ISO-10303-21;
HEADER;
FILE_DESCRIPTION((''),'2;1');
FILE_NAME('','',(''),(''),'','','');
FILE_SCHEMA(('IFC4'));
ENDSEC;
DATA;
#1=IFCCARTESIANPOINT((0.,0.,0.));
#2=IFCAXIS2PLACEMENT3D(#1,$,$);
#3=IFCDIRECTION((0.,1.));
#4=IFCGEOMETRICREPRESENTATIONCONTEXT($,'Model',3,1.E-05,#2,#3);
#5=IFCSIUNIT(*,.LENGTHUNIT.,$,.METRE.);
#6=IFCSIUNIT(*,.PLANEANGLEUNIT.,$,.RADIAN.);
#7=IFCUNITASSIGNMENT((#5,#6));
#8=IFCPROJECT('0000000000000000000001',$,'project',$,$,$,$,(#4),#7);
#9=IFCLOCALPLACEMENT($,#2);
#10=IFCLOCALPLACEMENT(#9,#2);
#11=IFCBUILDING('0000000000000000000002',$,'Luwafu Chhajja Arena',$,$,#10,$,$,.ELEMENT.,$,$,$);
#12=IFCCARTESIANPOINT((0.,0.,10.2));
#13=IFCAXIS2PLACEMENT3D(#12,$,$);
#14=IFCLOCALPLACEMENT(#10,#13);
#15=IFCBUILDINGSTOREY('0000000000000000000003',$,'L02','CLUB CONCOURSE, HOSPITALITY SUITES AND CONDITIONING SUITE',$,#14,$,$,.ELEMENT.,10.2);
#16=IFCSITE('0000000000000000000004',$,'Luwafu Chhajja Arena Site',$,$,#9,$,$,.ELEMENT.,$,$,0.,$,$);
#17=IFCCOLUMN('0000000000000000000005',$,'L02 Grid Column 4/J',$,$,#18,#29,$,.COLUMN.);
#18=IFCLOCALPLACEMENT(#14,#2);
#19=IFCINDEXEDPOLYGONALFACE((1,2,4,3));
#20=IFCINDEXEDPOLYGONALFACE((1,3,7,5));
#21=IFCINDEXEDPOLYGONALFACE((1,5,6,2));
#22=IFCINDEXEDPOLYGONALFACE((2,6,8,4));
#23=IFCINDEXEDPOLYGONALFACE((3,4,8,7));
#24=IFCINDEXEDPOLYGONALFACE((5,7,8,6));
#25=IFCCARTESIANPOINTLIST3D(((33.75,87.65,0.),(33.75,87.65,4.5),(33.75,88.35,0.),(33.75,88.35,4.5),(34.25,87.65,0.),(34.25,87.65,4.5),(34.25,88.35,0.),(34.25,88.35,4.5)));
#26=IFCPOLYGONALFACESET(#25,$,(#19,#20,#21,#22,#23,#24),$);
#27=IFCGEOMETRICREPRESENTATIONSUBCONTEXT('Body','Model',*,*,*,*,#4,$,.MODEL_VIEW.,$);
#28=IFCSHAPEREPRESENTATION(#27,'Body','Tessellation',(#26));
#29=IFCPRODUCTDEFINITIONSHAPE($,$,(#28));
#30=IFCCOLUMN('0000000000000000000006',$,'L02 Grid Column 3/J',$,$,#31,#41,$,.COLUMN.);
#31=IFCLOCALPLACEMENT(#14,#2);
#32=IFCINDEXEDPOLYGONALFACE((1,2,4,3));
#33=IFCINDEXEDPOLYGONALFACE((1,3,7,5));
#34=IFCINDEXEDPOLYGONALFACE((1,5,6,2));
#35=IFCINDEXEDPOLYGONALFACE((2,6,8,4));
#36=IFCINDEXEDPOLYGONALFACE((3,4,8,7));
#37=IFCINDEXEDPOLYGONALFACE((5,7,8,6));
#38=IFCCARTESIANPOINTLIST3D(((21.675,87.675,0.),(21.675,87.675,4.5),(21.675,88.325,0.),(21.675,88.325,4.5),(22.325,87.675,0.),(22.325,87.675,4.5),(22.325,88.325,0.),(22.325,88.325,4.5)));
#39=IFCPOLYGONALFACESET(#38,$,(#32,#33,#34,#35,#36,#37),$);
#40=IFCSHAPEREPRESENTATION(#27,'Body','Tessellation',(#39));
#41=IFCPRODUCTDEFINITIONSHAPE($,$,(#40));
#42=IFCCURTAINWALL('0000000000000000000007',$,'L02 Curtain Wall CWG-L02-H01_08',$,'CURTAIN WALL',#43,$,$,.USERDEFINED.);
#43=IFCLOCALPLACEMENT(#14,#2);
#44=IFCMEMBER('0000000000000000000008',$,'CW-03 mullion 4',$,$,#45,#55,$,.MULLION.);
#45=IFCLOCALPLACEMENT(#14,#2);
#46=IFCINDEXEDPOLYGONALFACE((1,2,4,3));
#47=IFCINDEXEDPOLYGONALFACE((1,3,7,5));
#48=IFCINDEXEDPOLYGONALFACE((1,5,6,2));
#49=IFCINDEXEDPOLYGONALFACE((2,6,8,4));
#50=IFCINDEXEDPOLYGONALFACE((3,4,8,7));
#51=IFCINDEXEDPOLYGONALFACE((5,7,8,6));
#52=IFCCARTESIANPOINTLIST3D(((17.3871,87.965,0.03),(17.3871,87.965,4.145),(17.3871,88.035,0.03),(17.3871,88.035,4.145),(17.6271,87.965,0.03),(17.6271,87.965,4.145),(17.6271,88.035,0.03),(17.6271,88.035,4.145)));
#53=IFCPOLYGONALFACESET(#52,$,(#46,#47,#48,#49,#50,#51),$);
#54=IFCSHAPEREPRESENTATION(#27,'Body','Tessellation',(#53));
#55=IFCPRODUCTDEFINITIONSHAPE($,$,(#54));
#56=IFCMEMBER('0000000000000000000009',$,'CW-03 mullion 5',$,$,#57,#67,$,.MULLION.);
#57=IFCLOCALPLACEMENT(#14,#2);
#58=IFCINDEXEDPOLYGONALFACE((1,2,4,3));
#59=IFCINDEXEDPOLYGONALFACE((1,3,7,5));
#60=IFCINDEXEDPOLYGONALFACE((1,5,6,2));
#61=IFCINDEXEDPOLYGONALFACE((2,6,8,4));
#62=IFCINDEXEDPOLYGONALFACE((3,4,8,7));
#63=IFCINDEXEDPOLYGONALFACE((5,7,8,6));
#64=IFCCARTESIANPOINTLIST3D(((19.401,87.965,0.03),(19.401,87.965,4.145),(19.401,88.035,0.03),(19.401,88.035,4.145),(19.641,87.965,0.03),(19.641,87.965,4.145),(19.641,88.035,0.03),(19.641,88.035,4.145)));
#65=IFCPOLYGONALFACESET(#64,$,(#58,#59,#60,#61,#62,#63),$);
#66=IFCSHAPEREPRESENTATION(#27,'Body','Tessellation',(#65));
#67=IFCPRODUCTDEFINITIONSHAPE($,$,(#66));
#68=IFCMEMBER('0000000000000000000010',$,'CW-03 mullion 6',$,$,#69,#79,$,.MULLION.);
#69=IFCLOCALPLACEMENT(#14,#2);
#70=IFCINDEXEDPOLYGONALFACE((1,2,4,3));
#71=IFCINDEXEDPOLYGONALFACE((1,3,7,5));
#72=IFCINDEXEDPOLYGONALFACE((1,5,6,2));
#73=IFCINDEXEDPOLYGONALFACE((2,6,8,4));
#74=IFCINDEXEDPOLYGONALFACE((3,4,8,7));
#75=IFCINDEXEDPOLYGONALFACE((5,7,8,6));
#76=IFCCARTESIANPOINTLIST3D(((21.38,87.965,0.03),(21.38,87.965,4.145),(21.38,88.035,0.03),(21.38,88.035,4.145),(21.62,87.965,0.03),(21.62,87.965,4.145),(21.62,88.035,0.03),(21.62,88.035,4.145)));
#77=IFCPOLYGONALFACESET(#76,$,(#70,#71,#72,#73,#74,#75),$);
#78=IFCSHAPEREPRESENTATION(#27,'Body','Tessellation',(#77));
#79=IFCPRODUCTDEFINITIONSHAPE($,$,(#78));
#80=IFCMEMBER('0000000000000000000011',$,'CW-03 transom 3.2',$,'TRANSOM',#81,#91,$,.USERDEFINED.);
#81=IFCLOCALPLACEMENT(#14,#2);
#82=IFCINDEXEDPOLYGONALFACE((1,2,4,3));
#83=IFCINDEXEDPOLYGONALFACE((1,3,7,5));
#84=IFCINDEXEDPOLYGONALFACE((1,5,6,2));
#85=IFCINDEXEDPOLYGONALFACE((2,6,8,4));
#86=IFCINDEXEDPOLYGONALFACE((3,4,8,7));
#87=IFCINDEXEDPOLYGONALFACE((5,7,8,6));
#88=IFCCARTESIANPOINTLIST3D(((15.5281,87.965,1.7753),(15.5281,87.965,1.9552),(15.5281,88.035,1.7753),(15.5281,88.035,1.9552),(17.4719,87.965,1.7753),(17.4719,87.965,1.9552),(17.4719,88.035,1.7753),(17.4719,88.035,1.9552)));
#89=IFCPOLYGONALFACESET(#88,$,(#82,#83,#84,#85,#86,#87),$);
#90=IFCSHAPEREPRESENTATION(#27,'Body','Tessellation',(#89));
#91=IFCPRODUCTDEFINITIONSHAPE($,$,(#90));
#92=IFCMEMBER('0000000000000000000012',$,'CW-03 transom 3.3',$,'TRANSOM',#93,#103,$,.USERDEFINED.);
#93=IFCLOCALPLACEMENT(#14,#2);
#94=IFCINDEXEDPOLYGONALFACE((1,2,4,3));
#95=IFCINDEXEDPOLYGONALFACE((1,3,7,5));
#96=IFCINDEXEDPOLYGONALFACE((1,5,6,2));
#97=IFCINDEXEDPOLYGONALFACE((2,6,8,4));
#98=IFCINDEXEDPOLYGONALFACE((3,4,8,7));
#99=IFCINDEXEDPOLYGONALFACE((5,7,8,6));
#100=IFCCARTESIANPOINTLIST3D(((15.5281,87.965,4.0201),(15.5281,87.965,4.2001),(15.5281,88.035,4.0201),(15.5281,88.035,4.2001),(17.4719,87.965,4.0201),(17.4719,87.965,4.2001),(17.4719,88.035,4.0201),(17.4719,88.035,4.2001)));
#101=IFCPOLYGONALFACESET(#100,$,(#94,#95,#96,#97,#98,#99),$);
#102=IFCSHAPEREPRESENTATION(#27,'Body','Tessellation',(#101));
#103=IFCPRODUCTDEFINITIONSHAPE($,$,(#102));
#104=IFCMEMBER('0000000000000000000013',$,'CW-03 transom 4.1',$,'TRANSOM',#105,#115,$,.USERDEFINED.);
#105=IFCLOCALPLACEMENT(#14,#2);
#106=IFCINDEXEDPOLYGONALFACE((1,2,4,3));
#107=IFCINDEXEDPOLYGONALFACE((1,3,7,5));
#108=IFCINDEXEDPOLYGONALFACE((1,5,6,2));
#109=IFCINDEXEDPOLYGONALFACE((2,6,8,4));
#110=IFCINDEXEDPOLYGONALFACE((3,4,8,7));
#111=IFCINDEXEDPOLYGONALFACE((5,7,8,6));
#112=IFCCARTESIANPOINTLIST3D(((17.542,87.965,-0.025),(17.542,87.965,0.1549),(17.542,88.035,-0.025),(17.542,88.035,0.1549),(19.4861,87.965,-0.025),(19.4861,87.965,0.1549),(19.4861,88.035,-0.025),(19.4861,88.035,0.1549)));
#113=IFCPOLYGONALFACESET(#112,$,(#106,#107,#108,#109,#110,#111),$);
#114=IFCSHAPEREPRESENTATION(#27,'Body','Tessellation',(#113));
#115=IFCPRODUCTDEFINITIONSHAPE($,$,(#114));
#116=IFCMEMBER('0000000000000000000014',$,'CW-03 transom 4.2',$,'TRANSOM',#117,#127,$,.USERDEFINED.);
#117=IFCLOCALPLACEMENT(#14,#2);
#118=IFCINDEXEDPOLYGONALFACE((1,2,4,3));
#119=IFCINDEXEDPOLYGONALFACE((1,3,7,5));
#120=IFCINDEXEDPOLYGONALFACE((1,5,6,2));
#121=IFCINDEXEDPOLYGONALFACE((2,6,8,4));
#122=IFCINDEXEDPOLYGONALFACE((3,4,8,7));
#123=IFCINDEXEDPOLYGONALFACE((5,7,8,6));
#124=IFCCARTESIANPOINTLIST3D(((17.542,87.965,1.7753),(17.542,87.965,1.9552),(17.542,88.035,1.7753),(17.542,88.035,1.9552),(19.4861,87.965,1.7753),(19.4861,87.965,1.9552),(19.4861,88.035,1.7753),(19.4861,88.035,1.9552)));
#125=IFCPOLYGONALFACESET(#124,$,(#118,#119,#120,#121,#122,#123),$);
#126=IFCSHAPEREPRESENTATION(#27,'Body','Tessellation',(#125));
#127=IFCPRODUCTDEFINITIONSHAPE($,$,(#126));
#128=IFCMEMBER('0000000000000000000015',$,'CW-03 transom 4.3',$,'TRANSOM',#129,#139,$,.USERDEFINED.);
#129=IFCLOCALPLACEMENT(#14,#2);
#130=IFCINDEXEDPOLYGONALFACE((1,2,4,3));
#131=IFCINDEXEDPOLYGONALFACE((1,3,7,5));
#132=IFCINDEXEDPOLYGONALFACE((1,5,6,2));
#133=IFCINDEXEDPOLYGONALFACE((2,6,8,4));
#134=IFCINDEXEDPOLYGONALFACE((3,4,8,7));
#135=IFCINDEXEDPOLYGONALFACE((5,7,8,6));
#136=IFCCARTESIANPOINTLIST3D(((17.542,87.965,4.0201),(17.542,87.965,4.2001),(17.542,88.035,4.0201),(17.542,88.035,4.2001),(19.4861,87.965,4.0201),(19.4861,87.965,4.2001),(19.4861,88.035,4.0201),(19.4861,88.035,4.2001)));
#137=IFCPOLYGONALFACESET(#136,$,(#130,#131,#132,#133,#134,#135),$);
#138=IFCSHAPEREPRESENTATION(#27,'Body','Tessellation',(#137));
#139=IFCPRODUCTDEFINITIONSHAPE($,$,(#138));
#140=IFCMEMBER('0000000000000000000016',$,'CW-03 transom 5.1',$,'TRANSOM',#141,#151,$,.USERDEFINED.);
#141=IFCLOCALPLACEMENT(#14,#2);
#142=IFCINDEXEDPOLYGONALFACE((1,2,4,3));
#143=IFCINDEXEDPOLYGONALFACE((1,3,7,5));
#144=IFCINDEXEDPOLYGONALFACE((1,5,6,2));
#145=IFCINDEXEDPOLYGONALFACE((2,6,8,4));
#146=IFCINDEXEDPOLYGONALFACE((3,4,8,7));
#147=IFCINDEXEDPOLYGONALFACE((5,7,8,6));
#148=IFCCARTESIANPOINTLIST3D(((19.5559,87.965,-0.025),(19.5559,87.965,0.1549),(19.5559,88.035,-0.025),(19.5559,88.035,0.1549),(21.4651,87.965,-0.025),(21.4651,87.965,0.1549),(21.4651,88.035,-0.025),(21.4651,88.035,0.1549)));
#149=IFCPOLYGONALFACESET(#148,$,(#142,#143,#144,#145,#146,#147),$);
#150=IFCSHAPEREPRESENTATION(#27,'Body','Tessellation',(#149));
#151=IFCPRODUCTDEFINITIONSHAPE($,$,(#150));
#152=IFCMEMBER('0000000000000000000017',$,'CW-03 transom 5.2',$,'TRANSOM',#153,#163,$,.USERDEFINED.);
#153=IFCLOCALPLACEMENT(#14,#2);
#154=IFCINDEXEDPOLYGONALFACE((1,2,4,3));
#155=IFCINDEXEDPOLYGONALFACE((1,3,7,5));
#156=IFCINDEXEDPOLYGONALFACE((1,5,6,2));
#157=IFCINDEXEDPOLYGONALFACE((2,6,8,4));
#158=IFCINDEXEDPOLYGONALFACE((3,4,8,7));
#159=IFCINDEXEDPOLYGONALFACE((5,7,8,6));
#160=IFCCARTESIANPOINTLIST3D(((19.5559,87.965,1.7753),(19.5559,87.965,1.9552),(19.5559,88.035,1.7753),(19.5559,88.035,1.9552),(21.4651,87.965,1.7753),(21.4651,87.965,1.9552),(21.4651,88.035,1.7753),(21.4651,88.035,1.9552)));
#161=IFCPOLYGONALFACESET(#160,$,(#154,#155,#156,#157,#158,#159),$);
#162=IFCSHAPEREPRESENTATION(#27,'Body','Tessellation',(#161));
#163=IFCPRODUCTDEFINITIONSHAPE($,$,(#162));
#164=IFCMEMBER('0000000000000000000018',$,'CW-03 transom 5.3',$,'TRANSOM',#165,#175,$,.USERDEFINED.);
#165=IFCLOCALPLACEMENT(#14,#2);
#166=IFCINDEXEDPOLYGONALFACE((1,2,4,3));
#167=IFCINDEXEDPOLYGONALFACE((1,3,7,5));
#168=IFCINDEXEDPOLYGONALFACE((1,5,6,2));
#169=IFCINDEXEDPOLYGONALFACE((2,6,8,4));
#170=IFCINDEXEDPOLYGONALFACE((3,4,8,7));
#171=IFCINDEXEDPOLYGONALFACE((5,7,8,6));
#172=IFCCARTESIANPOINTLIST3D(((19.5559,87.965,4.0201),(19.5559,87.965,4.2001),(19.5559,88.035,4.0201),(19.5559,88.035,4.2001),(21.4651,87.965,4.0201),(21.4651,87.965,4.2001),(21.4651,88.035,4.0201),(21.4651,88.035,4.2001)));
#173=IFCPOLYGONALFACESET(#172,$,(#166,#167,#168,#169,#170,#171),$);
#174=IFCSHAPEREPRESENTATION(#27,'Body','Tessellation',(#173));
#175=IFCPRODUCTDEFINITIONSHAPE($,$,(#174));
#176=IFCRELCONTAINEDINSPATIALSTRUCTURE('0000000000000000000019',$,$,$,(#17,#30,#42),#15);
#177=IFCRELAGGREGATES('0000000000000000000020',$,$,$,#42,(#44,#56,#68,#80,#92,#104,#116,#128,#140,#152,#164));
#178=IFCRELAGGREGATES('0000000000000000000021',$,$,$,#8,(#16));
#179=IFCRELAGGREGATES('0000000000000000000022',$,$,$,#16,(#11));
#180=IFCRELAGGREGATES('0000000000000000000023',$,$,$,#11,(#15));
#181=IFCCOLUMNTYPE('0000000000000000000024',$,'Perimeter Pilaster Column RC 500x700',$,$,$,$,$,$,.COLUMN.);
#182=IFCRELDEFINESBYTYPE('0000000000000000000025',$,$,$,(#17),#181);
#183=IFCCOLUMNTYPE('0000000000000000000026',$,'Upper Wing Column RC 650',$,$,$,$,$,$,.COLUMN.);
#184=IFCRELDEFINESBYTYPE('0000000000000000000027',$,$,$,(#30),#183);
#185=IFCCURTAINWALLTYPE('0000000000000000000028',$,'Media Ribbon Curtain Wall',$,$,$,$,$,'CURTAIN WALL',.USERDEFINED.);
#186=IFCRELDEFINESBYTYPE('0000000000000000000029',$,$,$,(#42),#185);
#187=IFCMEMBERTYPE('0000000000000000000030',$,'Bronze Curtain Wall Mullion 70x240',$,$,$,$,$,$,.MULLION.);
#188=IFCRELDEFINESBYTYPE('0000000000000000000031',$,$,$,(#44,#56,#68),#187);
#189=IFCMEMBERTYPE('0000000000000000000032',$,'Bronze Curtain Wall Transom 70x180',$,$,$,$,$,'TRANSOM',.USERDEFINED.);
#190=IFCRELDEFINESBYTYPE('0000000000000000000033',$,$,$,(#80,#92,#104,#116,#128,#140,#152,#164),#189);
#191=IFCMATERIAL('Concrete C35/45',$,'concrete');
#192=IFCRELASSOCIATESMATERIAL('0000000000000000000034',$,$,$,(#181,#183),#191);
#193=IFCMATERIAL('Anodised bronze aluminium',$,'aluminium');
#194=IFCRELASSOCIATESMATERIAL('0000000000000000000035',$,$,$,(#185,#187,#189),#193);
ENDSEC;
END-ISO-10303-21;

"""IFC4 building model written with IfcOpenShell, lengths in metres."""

from ifc_helpers import new_model, si_unit, direction, frame, origin, origin_2d, place, context, subcontext, project, spatial, rectangle, extrude, material, material_profile, profile_set, type_object, element, aggregate, save


model = new_model("IFC4")

# Units and contexts
model_context = context("Model", 3, precision=1e-05, world=origin(), true_north=direction((0.0, 1.0)))
body_context = subcontext(model_context, "Body", "Model", "MODEL_VIEW")
ifc_project = project(units=[si_unit("LENGTHUNIT", "METRE"), si_unit("PLANEANGLEUNIT", "RADIAN")], contexts=[model_context])

# Site, building, storey
site_placement = place(None, origin())
site = spatial("IfcSite", under=ifc_project, at=site_placement, Name="Luwafu Chhajja Arena Site", CompositionType="ELEMENT", RefElevation=0.0)
building_placement = place(site_placement, origin())
building = spatial("IfcBuilding", under=site, at=building_placement, Name="Luwafu Chhajja Arena", CompositionType="ELEMENT")
storey_placement = place(building_placement, frame((0.0, 0.0, 10.2)))
storey = spatial("IfcBuildingStorey", under=building, at=storey_placement, Name="L02", Description="CLUB CONCOURSE, HOSPITALITY SUITES AND CONDITIONING SUITE", CompositionType="ELEMENT", Elevation=10.2)

# Columns
ifc_material_1 = material(Name="Concrete C35/45", Category="concrete")
ifc_material_profile_1 = material_profile(ifc_material_1, rectangle(XDim=0.5, YDim=0.7, at=origin_2d()), Name="RC 500x700")
ifc_profile_set_1 = profile_set([ifc_material_profile_1], Name="Concrete C35/45")
column_type_1 = type_object("IfcColumnType", Name="Perimeter Pilaster Column RC 500x700", PredefinedType="COLUMN", material=ifc_profile_set_1)
column_1_placement = place(storey_placement, frame((34.0, 88.0, 0.0), z_axis=(0.0, 0.0, 1.0), x_axis=(1.0, 0.0, 0.0)))
element("IfcColumn", 1, at=column_1_placement, inside=storey, type_object=column_type_1, Name="L02 Grid Column 4/J", PredefinedType="COLUMN", context=body_context, shape_type="SweptSolid", body=[
    extrude(rectangle(XDim=0.5, YDim=0.7, at=origin_2d()), origin(), (0.0, 0.0, 1.0), 4.5),
])
ifc_material_profile_2 = material_profile(ifc_material_1, rectangle(XDim=0.6499, YDim=0.6499, at=origin_2d()), Name="RC 650x650")
ifc_profile_set_2 = profile_set([ifc_material_profile_2], Name="Concrete C35/45")
column_type_2 = type_object("IfcColumnType", Name="Upper Wing Column RC 650", PredefinedType="COLUMN", material=ifc_profile_set_2)
column_2_placement = place(storey_placement, frame((22.0, 88.0, 0.0), z_axis=(0.0, 0.0, 1.0), x_axis=(1.0, 0.0, 0.0)))
element("IfcColumn", 2, at=column_2_placement, inside=storey, type_object=column_type_2, Name="L02 Grid Column 3/J", PredefinedType="COLUMN", context=body_context, shape_type="SweptSolid", body=[
    extrude(rectangle(XDim=0.6499, YDim=0.6499, at=origin_2d()), origin(), (0.0, 0.0, 1.0), 4.5),
])

# Curtain wall, members
ifc_material_2 = material(Name="Anodised bronze aluminium", Category="aluminium")
curtain_wall_type = type_object("IfcCurtainWallType", Name="Media Ribbon Curtain Wall", ElementType="CURTAIN WALL", PredefinedType="USERDEFINED", material=ifc_material_2)
curtain_wall_placement = place(storey_placement, origin())
curtain_wall = element("IfcCurtainWall", 3, at=curtain_wall_placement, inside=storey, type_object=curtain_wall_type, Name="L02 Curtain Wall CWG-L02-H01_08", ObjectType="CURTAIN WALL", PredefinedType="USERDEFINED")
ifc_material_profile_3 = material_profile(ifc_material_2, rectangle(XDim=0.0701, YDim=0.24, at=origin_2d()), Name="CWM 70x240")
ifc_profile_set_3 = profile_set([ifc_material_profile_3], Name="Anodised bronze aluminium")
member_type_1 = type_object("IfcMemberType", Name="Bronze Curtain Wall Mullion 70x240", PredefinedType="MULLION", material=ifc_profile_set_3)
member_1_placement = place(storey_placement, frame((17.5071, 88.0, 0.03), z_axis=(0.0, 0.0, 1.0), x_axis=(0.0, 1.0, 0.0)))
member_1 = element("IfcMember", 4, at=member_1_placement, type_object=member_type_1, Name="CW-03 mullion 4", PredefinedType="MULLION", context=body_context, shape_type="SweptSolid", body=[
    extrude(rectangle(XDim=0.0701, YDim=0.24, at=origin_2d()), origin(), (0.0, 0.0, 1.0), 4.115),
])
member_2_placement = place(storey_placement, frame((19.521, 88.0, 0.03), z_axis=(0.0, 0.0, 1.0), x_axis=(0.0, 1.0, 0.0)))
member_2 = element("IfcMember", 5, at=member_2_placement, type_object=member_type_1, Name="CW-03 mullion 5", PredefinedType="MULLION", context=body_context, shape_type="SweptSolid", body=[
    extrude(rectangle(XDim=0.0701, YDim=0.24, at=origin_2d()), origin(), (0.0, 0.0, 1.0), 4.115),
])
member_3_placement = place(storey_placement, frame((21.5, 88.0, 0.03), z_axis=(0.0, 0.0, 1.0), x_axis=(0.0, 1.0, 0.0)))
member_3 = element("IfcMember", 6, at=member_3_placement, type_object=member_type_1, Name="CW-03 mullion 6", PredefinedType="MULLION", context=body_context, shape_type="SweptSolid", body=[
    extrude(rectangle(XDim=0.0701, YDim=0.24, at=origin_2d()), origin(), (0.0, 0.0, 1.0), 4.115),
])
ifc_material_profile_4 = material_profile(ifc_material_2, rectangle(XDim=0.0701, YDim=0.1799, at=origin_2d()), Name="CWT 70x180")
ifc_profile_set_4 = profile_set([ifc_material_profile_4], Name="Anodised bronze aluminium")
member_type_2 = type_object("IfcMemberType", Name="Bronze Curtain Wall Transom 70x180", ElementType="TRANSOM", PredefinedType="USERDEFINED", material=ifc_profile_set_4)
member_4_placement = place(storey_placement, frame((15.5281, 88.0, 1.8652), z_axis=(1.0, 0.0, 0.0), x_axis=(0.0, 1.0, 0.0)))
member_4 = element("IfcMember", 7, at=member_4_placement, type_object=member_type_2, Name="CW-03 transom 3.2", ObjectType="TRANSOM", PredefinedType="USERDEFINED", context=body_context, shape_type="SweptSolid", body=[
    extrude(rectangle(XDim=0.0701, YDim=0.1799, at=origin_2d()), origin(), (0.0, 0.0, 1.0), 1.9438),
])
member_5_placement = place(storey_placement, frame((15.5281, 88.0, 4.1101), z_axis=(1.0, 0.0, 0.0), x_axis=(0.0, 1.0, 0.0)))
member_5 = element("IfcMember", 8, at=member_5_placement, type_object=member_type_2, Name="CW-03 transom 3.3", ObjectType="TRANSOM", PredefinedType="USERDEFINED", context=body_context, shape_type="SweptSolid", body=[
    extrude(rectangle(XDim=0.0701, YDim=0.1799, at=origin_2d()), origin(), (0.0, 0.0, 1.0), 1.9438),
])
member_6_placement = place(storey_placement, frame((17.542, 88.0, 0.0649), z_axis=(1.0, 0.0, 0.0), x_axis=(0.0, 1.0, 0.0)))
member_6 = element("IfcMember", 9, at=member_6_placement, type_object=member_type_2, Name="CW-03 transom 4.1", ObjectType="TRANSOM", PredefinedType="USERDEFINED", context=body_context, shape_type="SweptSolid", body=[
    extrude(rectangle(XDim=0.0701, YDim=0.1799, at=origin_2d()), origin(), (0.0, 0.0, 1.0), 1.9441),
])
member_7_placement = place(storey_placement, frame((17.542, 88.0, 1.8652), z_axis=(1.0, 0.0, 0.0), x_axis=(0.0, 1.0, 0.0)))
member_7 = element("IfcMember", 10, at=member_7_placement, type_object=member_type_2, Name="CW-03 transom 4.2", ObjectType="TRANSOM", PredefinedType="USERDEFINED", context=body_context, shape_type="SweptSolid", body=[
    extrude(rectangle(XDim=0.0701, YDim=0.1799, at=origin_2d()), origin(), (0.0, 0.0, 1.0), 1.9441),
])
member_8_placement = place(storey_placement, frame((17.542, 88.0, 4.1101), z_axis=(1.0, 0.0, 0.0), x_axis=(0.0, 1.0, 0.0)))
member_8 = element("IfcMember", 11, at=member_8_placement, type_object=member_type_2, Name="CW-03 transom 4.3", ObjectType="TRANSOM", PredefinedType="USERDEFINED", context=body_context, shape_type="SweptSolid", body=[
    extrude(rectangle(XDim=0.0701, YDim=0.1799, at=origin_2d()), origin(), (0.0, 0.0, 1.0), 1.9441),
])
member_9_placement = place(storey_placement, frame((19.5559, 88.0, 0.0649), z_axis=(1.0, 0.0, 0.0), x_axis=(0.0, 1.0, 0.0)))
member_9 = element("IfcMember", 12, at=member_9_placement, type_object=member_type_2, Name="CW-03 transom 5.1", ObjectType="TRANSOM", PredefinedType="USERDEFINED", context=body_context, shape_type="SweptSolid", body=[
    extrude(rectangle(XDim=0.0701, YDim=0.1799, at=origin_2d()), origin(), (0.0, 0.0, 1.0), 1.9092),
])
member_10_placement = place(storey_placement, frame((19.5559, 88.0, 1.8652), z_axis=(1.0, 0.0, 0.0), x_axis=(0.0, 1.0, 0.0)))
member_10 = element("IfcMember", 13, at=member_10_placement, type_object=member_type_2, Name="CW-03 transom 5.2", ObjectType="TRANSOM", PredefinedType="USERDEFINED", context=body_context, shape_type="SweptSolid", body=[
    extrude(rectangle(XDim=0.0701, YDim=0.1799, at=origin_2d()), origin(), (0.0, 0.0, 1.0), 1.9092),
])
member_11_placement = place(storey_placement, frame((19.5559, 88.0, 4.1101), z_axis=(1.0, 0.0, 0.0), x_axis=(0.0, 1.0, 0.0)))
member_11 = element("IfcMember", 14, at=member_11_placement, type_object=member_type_2, Name="CW-03 transom 5.3", ObjectType="TRANSOM", PredefinedType="USERDEFINED", context=body_context, shape_type="SweptSolid", body=[
    extrude(rectangle(XDim=0.0701, YDim=0.1799, at=origin_2d()), origin(), (0.0, 0.0, 1.0), 1.9092),
])

aggregate(curtain_wall, [member_1, member_2, member_3, member_4, member_5, member_6, member_7, member_8, member_9, member_10, member_11])

save(model, "model.ifc")
